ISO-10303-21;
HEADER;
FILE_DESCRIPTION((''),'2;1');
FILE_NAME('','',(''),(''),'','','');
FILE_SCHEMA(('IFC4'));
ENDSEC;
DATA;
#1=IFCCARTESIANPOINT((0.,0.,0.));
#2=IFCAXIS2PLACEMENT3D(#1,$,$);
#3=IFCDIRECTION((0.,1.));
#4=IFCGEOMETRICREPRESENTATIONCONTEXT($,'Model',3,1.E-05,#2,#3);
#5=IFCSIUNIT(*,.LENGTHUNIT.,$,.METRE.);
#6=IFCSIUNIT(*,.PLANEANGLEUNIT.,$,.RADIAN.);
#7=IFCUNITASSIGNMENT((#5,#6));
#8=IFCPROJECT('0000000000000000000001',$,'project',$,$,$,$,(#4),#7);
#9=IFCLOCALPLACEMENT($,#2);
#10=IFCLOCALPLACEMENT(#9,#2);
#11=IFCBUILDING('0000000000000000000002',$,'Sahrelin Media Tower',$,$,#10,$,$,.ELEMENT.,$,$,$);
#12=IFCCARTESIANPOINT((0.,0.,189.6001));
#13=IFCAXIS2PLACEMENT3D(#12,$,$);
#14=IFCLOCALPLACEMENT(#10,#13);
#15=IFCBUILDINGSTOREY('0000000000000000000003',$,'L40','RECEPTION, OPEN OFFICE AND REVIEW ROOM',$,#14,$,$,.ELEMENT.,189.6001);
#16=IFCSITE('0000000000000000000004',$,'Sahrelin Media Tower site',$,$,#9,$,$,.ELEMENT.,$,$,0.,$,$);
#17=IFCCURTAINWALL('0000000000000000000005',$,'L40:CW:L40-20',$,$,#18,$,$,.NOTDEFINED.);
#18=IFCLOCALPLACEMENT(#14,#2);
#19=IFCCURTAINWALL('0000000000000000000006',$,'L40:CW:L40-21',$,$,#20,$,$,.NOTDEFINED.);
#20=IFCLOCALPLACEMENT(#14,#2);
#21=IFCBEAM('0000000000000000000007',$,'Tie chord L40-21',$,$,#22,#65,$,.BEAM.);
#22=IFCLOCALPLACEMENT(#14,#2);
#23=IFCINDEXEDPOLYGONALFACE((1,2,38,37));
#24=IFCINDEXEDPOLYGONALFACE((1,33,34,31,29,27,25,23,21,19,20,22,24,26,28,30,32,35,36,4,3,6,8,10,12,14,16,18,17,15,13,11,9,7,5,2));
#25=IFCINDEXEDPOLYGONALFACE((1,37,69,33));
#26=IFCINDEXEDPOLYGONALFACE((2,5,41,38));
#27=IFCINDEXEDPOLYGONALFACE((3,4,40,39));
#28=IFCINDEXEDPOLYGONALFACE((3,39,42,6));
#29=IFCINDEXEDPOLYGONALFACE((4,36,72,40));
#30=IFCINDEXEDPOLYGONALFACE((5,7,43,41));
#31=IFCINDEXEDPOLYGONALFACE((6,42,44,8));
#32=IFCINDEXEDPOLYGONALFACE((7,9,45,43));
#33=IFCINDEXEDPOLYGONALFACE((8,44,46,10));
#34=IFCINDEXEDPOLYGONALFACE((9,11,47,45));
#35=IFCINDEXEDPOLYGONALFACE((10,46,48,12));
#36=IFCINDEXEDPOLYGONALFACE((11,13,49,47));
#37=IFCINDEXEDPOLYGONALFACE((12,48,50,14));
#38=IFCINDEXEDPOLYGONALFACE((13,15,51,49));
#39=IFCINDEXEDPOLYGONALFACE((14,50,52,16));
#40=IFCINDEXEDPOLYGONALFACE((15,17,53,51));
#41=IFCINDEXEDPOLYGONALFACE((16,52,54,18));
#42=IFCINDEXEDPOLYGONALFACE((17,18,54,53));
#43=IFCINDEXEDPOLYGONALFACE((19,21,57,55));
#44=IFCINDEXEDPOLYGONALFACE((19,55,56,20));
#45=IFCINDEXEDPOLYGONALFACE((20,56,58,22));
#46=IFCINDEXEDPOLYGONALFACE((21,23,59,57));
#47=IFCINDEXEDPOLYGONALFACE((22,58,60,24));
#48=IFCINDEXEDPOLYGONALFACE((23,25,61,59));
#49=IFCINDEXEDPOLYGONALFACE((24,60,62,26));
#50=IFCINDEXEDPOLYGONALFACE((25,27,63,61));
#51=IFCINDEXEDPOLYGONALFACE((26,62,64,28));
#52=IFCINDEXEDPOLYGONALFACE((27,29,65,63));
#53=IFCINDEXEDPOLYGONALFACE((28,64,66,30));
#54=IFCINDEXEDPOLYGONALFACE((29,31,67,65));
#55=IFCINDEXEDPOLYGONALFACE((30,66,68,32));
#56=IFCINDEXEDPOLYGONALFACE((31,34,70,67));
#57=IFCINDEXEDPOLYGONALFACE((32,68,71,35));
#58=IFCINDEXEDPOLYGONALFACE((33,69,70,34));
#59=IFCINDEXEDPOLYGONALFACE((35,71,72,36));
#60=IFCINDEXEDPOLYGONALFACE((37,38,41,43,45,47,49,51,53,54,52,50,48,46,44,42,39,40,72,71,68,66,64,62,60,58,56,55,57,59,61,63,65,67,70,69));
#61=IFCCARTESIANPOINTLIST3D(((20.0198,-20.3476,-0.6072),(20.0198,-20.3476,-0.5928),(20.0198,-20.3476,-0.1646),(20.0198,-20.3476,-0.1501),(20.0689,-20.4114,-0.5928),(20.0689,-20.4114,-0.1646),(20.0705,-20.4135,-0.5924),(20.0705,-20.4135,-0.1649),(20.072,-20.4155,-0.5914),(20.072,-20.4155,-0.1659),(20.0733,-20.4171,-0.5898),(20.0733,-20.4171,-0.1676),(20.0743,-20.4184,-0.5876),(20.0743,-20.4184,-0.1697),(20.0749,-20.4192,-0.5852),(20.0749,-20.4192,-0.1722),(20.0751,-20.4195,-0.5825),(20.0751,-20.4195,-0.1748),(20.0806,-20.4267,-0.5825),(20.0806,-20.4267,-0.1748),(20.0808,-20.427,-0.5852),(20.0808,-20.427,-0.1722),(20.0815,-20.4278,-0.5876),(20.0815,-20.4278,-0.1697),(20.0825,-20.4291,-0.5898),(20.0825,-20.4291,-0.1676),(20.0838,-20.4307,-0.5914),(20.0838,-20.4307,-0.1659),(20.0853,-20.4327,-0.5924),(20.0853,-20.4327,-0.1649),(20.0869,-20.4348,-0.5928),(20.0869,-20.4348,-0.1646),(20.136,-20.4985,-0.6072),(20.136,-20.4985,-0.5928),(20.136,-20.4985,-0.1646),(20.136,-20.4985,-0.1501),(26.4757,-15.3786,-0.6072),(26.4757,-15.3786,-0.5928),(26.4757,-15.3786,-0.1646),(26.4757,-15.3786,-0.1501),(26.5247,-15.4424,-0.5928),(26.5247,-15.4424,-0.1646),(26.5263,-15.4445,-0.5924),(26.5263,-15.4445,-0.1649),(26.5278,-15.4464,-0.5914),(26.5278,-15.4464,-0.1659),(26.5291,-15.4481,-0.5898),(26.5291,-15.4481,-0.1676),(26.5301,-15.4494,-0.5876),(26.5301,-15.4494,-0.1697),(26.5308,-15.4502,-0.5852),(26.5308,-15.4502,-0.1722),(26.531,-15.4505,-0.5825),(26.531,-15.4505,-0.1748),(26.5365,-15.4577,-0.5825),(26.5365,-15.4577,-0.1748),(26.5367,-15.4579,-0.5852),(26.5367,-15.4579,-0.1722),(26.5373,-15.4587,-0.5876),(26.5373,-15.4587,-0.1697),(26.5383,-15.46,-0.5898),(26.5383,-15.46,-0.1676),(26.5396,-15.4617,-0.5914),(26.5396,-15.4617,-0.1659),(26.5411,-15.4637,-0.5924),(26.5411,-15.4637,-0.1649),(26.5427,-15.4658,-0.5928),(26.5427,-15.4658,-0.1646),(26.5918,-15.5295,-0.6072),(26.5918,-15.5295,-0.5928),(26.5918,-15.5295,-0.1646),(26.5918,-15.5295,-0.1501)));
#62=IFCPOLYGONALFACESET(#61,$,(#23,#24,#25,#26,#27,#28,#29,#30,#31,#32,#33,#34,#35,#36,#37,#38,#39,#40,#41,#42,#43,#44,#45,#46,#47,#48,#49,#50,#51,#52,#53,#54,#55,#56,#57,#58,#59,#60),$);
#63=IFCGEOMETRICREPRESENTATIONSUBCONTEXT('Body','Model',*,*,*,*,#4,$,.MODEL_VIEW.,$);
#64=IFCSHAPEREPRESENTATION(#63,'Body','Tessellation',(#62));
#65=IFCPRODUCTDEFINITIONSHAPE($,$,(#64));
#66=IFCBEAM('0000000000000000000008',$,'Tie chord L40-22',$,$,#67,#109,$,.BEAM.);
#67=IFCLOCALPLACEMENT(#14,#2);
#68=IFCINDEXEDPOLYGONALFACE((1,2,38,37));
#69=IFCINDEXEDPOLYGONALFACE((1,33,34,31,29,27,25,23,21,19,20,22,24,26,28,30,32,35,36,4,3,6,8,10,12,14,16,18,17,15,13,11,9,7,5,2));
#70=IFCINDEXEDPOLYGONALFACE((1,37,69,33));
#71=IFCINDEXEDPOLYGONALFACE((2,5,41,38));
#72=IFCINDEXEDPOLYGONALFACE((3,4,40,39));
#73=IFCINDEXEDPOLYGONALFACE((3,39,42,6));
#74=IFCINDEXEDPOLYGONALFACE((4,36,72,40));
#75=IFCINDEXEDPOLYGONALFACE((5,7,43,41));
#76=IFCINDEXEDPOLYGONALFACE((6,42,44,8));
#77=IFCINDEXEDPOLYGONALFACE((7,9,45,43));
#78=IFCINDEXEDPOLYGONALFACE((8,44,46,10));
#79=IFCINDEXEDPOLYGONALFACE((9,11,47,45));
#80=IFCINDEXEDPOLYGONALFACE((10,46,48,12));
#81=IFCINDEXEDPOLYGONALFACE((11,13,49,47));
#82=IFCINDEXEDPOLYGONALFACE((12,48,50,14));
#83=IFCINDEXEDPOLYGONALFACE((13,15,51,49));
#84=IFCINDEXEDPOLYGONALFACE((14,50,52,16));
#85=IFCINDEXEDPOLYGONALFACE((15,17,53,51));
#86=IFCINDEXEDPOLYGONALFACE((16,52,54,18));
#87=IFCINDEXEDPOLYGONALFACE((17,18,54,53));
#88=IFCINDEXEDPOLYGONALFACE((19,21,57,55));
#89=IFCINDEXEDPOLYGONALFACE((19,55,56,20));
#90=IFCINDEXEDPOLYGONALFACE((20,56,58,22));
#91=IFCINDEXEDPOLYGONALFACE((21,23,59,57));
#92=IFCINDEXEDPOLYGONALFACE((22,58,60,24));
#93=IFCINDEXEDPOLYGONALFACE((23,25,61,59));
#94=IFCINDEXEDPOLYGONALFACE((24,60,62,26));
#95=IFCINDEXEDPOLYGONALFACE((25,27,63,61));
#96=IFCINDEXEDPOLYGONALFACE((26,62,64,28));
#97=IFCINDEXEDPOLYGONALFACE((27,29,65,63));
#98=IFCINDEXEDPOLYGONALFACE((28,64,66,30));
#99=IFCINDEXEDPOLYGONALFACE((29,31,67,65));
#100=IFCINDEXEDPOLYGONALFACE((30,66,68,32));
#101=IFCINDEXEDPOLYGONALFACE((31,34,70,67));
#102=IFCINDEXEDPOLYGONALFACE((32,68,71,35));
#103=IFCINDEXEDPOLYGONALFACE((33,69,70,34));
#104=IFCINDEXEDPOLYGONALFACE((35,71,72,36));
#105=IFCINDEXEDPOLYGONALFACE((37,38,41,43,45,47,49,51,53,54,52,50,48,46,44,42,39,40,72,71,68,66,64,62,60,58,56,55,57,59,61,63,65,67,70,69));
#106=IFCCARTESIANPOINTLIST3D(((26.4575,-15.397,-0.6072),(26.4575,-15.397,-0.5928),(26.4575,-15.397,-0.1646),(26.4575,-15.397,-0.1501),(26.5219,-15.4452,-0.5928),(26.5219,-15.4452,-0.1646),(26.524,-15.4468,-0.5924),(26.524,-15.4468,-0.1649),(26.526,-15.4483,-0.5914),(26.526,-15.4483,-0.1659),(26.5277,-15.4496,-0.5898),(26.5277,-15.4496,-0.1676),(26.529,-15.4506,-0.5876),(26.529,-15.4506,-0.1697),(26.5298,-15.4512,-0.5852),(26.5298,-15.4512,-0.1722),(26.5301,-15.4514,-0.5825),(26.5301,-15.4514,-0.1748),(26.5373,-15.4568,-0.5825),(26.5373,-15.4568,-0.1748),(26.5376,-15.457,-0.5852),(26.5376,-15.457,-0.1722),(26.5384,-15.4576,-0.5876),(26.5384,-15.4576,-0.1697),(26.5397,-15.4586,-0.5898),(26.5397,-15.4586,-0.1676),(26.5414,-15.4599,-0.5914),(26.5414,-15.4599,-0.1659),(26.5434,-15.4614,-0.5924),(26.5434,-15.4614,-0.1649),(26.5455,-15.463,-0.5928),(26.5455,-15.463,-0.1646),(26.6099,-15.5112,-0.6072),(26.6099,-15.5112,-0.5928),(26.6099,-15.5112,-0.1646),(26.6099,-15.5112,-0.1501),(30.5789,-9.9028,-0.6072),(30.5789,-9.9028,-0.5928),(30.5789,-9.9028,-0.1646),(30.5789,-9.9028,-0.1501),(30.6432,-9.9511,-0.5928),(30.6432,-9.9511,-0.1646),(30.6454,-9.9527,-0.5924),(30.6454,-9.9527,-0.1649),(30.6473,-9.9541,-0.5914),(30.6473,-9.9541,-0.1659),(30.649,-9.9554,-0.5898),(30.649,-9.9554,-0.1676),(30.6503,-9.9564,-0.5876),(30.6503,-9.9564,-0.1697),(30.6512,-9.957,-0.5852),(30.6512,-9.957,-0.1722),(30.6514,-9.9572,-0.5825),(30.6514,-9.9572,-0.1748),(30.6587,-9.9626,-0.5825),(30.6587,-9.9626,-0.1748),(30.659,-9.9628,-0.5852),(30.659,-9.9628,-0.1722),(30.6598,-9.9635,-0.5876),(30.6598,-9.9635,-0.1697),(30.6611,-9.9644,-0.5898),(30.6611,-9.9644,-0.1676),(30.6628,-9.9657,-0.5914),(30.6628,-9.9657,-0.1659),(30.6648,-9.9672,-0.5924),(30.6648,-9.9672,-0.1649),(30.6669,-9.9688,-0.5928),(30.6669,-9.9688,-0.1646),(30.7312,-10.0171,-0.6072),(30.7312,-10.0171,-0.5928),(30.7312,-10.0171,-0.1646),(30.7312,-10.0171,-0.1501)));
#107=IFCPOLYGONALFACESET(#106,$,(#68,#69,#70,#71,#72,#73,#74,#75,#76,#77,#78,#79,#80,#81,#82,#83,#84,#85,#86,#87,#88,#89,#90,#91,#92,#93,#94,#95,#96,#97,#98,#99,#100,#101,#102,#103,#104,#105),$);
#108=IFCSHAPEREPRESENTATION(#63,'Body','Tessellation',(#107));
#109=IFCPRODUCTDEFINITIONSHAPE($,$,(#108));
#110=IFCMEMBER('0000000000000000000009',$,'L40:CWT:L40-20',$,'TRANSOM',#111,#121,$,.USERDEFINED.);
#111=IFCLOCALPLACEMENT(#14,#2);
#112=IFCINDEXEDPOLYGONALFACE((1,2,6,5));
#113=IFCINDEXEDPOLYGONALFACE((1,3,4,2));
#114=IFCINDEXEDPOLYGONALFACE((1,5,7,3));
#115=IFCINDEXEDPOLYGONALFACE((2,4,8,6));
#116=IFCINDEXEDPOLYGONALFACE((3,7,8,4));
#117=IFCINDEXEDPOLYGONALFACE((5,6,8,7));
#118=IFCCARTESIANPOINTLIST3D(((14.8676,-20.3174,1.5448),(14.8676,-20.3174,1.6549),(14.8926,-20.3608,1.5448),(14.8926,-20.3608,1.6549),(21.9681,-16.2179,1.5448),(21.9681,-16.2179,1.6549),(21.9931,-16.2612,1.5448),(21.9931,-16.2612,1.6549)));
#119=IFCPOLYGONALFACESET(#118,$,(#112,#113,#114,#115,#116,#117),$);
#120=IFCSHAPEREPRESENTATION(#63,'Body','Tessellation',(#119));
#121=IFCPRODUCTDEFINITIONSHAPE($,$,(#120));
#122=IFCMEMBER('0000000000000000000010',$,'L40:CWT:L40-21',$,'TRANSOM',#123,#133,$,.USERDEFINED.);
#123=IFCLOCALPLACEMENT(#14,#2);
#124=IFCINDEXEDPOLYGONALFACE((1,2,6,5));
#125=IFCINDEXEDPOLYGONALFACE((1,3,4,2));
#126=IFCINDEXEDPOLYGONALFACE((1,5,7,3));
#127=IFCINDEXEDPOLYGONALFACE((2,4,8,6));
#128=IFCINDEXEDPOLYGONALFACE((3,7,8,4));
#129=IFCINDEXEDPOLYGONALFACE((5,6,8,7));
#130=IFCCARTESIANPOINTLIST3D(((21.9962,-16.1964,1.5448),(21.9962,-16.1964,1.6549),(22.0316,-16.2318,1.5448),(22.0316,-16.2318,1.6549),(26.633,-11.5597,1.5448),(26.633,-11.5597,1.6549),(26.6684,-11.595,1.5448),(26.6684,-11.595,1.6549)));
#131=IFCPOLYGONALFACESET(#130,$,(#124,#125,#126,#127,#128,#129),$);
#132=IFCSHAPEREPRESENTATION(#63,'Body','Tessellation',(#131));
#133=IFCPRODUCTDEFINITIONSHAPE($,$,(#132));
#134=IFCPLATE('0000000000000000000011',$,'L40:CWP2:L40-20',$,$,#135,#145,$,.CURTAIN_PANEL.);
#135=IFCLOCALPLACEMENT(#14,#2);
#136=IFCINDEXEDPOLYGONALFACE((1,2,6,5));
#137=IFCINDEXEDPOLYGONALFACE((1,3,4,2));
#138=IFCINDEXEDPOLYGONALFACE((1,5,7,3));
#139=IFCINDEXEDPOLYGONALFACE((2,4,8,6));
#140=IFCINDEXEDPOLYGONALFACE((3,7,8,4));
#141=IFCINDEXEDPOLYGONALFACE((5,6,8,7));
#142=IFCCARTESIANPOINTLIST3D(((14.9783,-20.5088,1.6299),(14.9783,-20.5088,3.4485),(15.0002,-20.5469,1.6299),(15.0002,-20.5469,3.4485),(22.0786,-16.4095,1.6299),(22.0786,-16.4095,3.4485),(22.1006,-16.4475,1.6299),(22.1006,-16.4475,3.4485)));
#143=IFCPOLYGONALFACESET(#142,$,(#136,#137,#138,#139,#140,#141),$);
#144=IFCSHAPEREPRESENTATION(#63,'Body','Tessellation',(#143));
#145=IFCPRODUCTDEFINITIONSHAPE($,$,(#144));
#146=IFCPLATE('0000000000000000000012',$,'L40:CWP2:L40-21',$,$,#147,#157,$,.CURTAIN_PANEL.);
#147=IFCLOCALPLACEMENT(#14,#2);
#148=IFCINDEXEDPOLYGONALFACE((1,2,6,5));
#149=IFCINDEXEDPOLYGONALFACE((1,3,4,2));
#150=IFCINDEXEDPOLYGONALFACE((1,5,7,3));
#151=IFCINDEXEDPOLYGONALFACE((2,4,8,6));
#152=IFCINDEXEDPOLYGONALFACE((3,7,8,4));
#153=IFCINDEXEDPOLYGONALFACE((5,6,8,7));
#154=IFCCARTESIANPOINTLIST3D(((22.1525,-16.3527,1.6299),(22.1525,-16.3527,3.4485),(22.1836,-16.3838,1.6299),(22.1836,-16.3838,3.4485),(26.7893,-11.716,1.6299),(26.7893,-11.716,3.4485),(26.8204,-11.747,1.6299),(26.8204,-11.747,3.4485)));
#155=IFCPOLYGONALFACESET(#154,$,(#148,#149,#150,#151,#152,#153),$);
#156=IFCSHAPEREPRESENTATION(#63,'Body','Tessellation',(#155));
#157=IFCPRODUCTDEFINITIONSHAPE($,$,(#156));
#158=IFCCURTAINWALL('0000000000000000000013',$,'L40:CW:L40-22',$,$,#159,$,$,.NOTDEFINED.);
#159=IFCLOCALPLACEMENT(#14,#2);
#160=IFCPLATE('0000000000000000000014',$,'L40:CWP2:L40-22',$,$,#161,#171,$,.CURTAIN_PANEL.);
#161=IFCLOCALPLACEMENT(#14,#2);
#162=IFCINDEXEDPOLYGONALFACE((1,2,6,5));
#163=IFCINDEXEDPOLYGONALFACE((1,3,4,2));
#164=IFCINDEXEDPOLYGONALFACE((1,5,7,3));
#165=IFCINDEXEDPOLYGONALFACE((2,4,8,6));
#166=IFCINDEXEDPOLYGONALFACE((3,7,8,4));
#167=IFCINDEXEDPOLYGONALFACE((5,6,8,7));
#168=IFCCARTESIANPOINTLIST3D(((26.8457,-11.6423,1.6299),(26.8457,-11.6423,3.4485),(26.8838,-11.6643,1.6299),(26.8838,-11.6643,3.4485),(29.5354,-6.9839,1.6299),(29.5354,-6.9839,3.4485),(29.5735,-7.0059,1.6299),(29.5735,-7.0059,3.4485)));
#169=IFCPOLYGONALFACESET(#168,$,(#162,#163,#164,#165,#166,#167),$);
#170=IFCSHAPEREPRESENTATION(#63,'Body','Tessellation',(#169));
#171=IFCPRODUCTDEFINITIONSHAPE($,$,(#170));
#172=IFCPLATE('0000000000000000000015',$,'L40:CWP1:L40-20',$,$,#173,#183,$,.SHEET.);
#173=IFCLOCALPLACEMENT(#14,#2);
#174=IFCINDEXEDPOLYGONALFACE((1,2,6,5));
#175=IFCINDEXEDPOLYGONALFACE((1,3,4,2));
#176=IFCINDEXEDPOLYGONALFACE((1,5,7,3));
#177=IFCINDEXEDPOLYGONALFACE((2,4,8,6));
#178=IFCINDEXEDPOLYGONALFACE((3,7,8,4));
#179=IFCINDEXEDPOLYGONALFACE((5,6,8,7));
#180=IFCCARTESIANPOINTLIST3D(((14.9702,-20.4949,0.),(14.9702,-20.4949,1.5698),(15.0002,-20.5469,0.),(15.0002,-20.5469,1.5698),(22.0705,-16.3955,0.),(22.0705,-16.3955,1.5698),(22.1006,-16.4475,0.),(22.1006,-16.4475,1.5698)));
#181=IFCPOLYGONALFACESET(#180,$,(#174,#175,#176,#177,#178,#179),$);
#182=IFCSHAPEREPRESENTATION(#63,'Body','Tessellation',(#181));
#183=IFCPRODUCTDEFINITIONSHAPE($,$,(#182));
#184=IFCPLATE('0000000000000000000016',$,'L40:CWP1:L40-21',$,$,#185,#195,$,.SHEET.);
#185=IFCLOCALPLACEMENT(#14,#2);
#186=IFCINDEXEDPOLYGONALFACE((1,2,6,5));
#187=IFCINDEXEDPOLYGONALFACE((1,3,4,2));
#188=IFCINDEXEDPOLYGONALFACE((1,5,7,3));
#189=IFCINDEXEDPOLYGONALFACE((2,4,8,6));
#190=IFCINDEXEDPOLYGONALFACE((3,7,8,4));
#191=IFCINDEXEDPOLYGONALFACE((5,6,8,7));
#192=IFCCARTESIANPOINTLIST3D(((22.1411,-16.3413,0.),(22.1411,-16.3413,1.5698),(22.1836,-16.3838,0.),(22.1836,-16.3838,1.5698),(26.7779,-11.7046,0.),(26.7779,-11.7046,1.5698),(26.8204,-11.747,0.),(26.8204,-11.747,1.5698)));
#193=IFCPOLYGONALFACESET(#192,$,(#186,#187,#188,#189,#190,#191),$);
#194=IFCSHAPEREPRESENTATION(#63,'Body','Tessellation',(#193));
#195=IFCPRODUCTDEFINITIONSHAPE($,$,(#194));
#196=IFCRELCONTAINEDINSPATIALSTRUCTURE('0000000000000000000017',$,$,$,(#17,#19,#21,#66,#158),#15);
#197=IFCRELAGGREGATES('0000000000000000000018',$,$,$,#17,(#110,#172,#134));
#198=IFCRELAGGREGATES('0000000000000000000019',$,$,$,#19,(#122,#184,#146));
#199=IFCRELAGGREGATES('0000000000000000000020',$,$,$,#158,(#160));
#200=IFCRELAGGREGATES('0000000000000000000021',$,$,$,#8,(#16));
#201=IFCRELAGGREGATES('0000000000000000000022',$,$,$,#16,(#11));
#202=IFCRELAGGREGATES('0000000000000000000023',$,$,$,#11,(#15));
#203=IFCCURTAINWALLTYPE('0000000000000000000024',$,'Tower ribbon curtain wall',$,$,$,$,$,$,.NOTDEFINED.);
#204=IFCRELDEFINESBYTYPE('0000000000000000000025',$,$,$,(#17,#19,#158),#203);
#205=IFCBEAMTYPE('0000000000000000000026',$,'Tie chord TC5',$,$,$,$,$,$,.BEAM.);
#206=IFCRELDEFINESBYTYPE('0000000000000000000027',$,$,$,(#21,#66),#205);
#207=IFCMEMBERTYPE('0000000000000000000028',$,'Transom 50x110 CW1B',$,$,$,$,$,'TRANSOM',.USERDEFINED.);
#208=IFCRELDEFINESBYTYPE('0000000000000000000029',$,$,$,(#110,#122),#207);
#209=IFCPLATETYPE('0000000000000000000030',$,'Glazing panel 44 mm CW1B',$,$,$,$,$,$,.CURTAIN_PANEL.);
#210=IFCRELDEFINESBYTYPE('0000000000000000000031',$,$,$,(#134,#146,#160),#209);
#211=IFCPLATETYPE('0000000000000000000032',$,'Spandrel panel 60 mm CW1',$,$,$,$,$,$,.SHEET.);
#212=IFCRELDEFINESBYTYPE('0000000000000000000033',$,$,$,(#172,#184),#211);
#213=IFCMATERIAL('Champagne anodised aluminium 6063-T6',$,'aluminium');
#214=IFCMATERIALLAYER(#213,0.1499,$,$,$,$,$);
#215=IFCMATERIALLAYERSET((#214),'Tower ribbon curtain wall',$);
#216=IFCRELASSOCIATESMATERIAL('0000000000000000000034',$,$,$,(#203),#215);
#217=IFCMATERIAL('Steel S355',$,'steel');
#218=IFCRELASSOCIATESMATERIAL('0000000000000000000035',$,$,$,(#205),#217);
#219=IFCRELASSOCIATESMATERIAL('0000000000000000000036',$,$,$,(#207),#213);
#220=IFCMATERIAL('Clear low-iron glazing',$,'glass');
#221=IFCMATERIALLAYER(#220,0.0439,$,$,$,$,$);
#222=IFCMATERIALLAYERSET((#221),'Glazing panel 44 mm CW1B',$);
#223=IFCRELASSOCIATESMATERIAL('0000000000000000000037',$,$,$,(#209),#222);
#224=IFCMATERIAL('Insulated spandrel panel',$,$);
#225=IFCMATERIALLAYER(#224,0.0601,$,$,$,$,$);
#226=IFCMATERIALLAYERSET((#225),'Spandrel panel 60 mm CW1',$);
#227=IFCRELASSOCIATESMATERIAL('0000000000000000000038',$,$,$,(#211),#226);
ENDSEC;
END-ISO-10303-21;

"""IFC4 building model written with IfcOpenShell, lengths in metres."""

from ifc_helpers import new_model, si_unit, direction, frame, origin, origin_2d, place, context, subcontext, project, spatial, polyline, rectangle, i_section, outline, extrude, material, layer, layer_set, material_profile, profile_set, type_object, element, aggregate, save


model = new_model("IFC4")

# Units and contexts
model_context = context("Model", 3, precision=1e-05, world=origin(), true_north=direction((0.0, 1.0)))
body_context = subcontext(model_context, "Body", "Model", "MODEL_VIEW")
ifc_project = project(units=[si_unit("LENGTHUNIT", "METRE"), si_unit("PLANEANGLEUNIT", "RADIAN")], contexts=[model_context])

# Site, building, storey
site_placement = place(None, origin())
site = spatial("IfcSite", under=ifc_project, at=site_placement, Name="Sahrelin Media Tower site", CompositionType="ELEMENT", RefElevation=0.0)
building_placement = place(site_placement, origin())
building = spatial("IfcBuilding", under=site, at=building_placement, Name="Sahrelin Media Tower", CompositionType="ELEMENT")
storey_placement = place(building_placement, frame((0.0, 0.0, 189.6001)))
storey = spatial("IfcBuildingStorey", under=building, at=storey_placement, Name="L40", Description="RECEPTION, OPEN OFFICE AND REVIEW ROOM", CompositionType="ELEMENT", Elevation=189.6001)

# Shared definitions
ifc_material_1 = material(Name="Steel S355", Category="steel")

# Curtain walls
ifc_material_2 = material(Name="Champagne anodised aluminium 6063-T6", Category="aluminium")
ifc_layer_1 = layer(ifc_material_2, 0.1499)
ifc_layer_set_1 = layer_set([ifc_layer_1], Name="Tower ribbon curtain wall")
curtain_wall_type = type_object("IfcCurtainWallType", Name="Tower ribbon curtain wall", PredefinedType="NOTDEFINED", material=ifc_layer_set_1)
curtain_wall_1_placement = place(storey_placement, frame((18.5405, -18.48, 0.0), z_axis=(0.0, 0.0, 1.0), x_axis=(1.0, 0.0, 0.0)))
curtain_wall_1 = element("IfcCurtainWall", 1, at=curtain_wall_1_placement, inside=storey, type_object=curtain_wall_type, Name="L40:CW:L40-20", PredefinedType="NOTDEFINED")
curtain_wall_2_placement = place(storey_placement, frame((24.4878, -14.0513, 0.0), z_axis=(0.0, 0.0, 1.0), x_axis=(1.0, 0.0, 0.0)))
curtain_wall_2 = element("IfcCurtainWall", 2, at=curtain_wall_2_placement, inside=storey, type_object=curtain_wall_type, Name="L40:CW:L40-21", PredefinedType="NOTDEFINED")

# Beams
ifc_material_profile_1 = material_profile(ifc_material_1, i_section(OverallWidth=0.1904, OverallDepth=0.457, WebThickness=0.009, FlangeThickness=0.0144, FilletRadius=0.0103, at=origin_2d()), Name="UB 457x191x74")
ifc_profile_set_1 = profile_set([ifc_material_profile_1], Name="Steel S355")
beam_type_1 = type_object("IfcBeamType", Name="Tie chord TC5", PredefinedType="BEAM", material=ifc_profile_set_1)
beam_1_placement = place(storey_placement, frame((20.0779, -20.4231, -0.3787), z_axis=(0.792447, 0.609941, 0.0), x_axis=(-0.609941, 0.792447, 0.0)))
element("IfcBeam", 3, at=beam_1_placement, inside=storey, type_object=beam_type_1, Name="Tie chord L40-21", PredefinedType="BEAM", context=body_context, shape_type="SweptSolid", body=[
    extrude(i_section(OverallWidth=0.1904, OverallDepth=0.457, WebThickness=0.009, FlangeThickness=0.0144, FilletRadius=0.0103, at=origin_2d()), origin(), (0.0, 0.0, 1.0), 8.1467),
])
beam_2_placement = place(storey_placement, frame((26.5337, -15.4541, -0.3787), z_axis=(0.600068, 0.799949, 0.0), x_axis=(-0.799949, 0.600068, 0.0)))
element("IfcBeam", 4, at=beam_2_placement, inside=storey, type_object=beam_type_1, Name="Tie chord L40-22", PredefinedType="BEAM", context=body_context, shape_type="SweptSolid", body=[
    extrude(i_section(OverallWidth=0.1904, OverallDepth=0.457, WebThickness=0.009, FlangeThickness=0.0144, FilletRadius=0.0103, at=origin_2d()), origin(), (0.0, 0.0, 1.0), 6.8682),
])

# Members
ifc_material_profile_2 = material_profile(ifc_material_2, rectangle(XDim=0.05, YDim=0.1101, at=origin_2d()), Name="Transom 50x110")
ifc_profile_set_2 = profile_set([ifc_material_profile_2], Name="Champagne anodised aluminium 6063-T6")
member_type_1 = type_object("IfcMemberType", Name="Transom 50x110 CW1B", ElementType="TRANSOM", PredefinedType="USERDEFINED", material=ifc_profile_set_2)
member_1_placement = place(storey_placement, frame((14.8801, -20.3391, 1.5999), z_axis=(0.866021, 0.500008, 0.0), x_axis=(-0.500008, 0.866021, 0.0)))
member_1 = element("IfcMember", 5, at=member_1_placement, type_object=member_type_1, Name="L40:CWT:L40-20", ObjectType="TRANSOM", PredefinedType="USERDEFINED", context=body_context, shape_type="SweptSolid", body=[
    extrude(rectangle(XDim=0.05, YDim=0.1101, at=origin_2d()), origin(), (0.0, 0.0, 1.0), 8.199),
])
member_2_placement = place(storey_placement, frame((22.0139, -16.2141, 1.5999), z_axis=(0.707107, 0.707107, 0.0), x_axis=(-0.707107, 0.707107, 0.0)))
member_2 = element("IfcMember", 6, at=member_2_placement, type_object=member_type_1, Name="L40:CWT:L40-21", ObjectType="TRANSOM", PredefinedType="USERDEFINED", context=body_context, shape_type="SweptSolid", body=[
    extrude(rectangle(XDim=0.05, YDim=0.1101, at=origin_2d()), origin(), (0.0, 0.0, 1.0), 6.5574),
])

# Plates
ifc_material_3 = material(Name="Clear low-iron glazing", Category="glass")
ifc_layer_2 = layer(ifc_material_3, 0.0439)
ifc_layer_set_2 = layer_set([ifc_layer_2], Name="Glazing panel 44 mm CW1B")
plate_type_1 = type_object("IfcPlateType", Name="Glazing panel 44 mm CW1B", PredefinedType="CURTAIN_PANEL", material=ifc_layer_set_2)
plate_1_placement = place(storey_placement, frame((15.0002, -20.5469, 1.6299), z_axis=(0.499998, -0.866026, 0.0), x_axis=(0.866026, 0.499998, 0.0)))
plate_1 = element("IfcPlate", 7, at=plate_1_placement, type_object=plate_type_1, Name="L40:CWP2:L40-20", PredefinedType="CURTAIN_PANEL", context=body_context, shape_type="SweptSolid", body=[
    extrude(outline(polyline([(0.0, 0.0), (8.1987, 0.0), (8.1987, 1.8186), (0.0, 1.8186), (0.0, 0.0)])), origin(), (0.0, 0.0, -1.0), 0.0439),
])
plate_2_placement = place(storey_placement, frame((22.1836, -16.3838, 1.6299), z_axis=(0.707107, -0.707107, 0.0), x_axis=(0.707107, 0.707107, 0.0)))
plate_2 = element("IfcPlate", 8, at=plate_2_placement, type_object=plate_type_1, Name="L40:CWP2:L40-21", PredefinedType="CURTAIN_PANEL", context=body_context, shape_type="SweptSolid", body=[
    extrude(outline(polyline([(0.0, 0.0), (6.5574, 0.0), (6.5574, 1.8186), (0.0, 1.8186), (0.0, 0.0)])), origin(), (0.0, 0.0, -1.0), 0.0439),
])

# Curtain wall, plate
curtain_wall_3_placement = place(storey_placement, frame((28.2114, -9.325, 0.0), z_axis=(0.0, 0.0, 1.0), x_axis=(1.0, 0.0, 0.0)))
curtain_wall_3 = element("IfcCurtainWall", 9, at=curtain_wall_3_placement, inside=storey, type_object=curtain_wall_type, Name="L40:CW:L40-22", PredefinedType="NOTDEFINED")
plate_3_placement = place(storey_placement, frame((26.8838, -11.6643, 1.6299), z_axis=(0.866014, -0.50002, 0.0), x_axis=(0.50002, 0.866014, 0.0)))
plate_3 = element("IfcPlate", 10, at=plate_3_placement, type_object=plate_type_1, Name="L40:CWP2:L40-22", PredefinedType="CURTAIN_PANEL", context=body_context, shape_type="SweptSolid", body=[
    extrude(outline(polyline([(0.0, 0.0), (5.3792, 0.0), (5.3792, 1.8186), (0.0, 1.8186), (0.0, 0.0)])), origin(), (0.0, 0.0, -1.0), 0.0439),
])

# Plates
ifc_material_4 = material(Name="Insulated spandrel panel")
ifc_layer_3 = layer(ifc_material_4, 0.0601)
ifc_layer_set_3 = layer_set([ifc_layer_3], Name="Spandrel panel 60 mm CW1")
plate_type_2 = type_object("IfcPlateType", Name="Spandrel panel 60 mm CW1", PredefinedType="SHEET", material=ifc_layer_set_3)
plate_4_placement = place(storey_placement, frame((15.0002, -20.5469, 0.0), z_axis=(0.499998, -0.866026, 0.0), x_axis=(0.866026, 0.499998, 0.0)))
plate_4 = element("IfcPlate", 11, at=plate_4_placement, type_object=plate_type_2, Name="L40:CWP1:L40-20", PredefinedType="SHEET", context=body_context, shape_type="SweptSolid", body=[
    extrude(outline(polyline([(0.0, 0.0), (8.1987, 0.0), (8.1987, 1.5698), (0.0, 1.5698), (0.0, 0.0)])), origin(), (0.0, 0.0, -1.0), 0.0601),
])
aggregate(curtain_wall_1, [member_1, plate_4, plate_1])
plate_5_placement = place(storey_placement, frame((22.1836, -16.3838, 0.0), z_axis=(0.707107, -0.707107, 0.0), x_axis=(0.707107, 0.707107, 0.0)))
plate_5 = element("IfcPlate", 12, at=plate_5_placement, type_object=plate_type_2, Name="L40:CWP1:L40-21", PredefinedType="SHEET", context=body_context, shape_type="SweptSolid", body=[
    extrude(outline(polyline([(0.0, 0.0), (6.5574, 0.0), (6.5574, 1.5698), (0.0, 1.5698), (0.0, 0.0)])), origin(), (0.0, 0.0, -1.0), 0.0601),
])
aggregate(curtain_wall_2, [member_2, plate_5, plate_2])
aggregate(curtain_wall_3, [plate_3])

save(model, "model.ifc")
